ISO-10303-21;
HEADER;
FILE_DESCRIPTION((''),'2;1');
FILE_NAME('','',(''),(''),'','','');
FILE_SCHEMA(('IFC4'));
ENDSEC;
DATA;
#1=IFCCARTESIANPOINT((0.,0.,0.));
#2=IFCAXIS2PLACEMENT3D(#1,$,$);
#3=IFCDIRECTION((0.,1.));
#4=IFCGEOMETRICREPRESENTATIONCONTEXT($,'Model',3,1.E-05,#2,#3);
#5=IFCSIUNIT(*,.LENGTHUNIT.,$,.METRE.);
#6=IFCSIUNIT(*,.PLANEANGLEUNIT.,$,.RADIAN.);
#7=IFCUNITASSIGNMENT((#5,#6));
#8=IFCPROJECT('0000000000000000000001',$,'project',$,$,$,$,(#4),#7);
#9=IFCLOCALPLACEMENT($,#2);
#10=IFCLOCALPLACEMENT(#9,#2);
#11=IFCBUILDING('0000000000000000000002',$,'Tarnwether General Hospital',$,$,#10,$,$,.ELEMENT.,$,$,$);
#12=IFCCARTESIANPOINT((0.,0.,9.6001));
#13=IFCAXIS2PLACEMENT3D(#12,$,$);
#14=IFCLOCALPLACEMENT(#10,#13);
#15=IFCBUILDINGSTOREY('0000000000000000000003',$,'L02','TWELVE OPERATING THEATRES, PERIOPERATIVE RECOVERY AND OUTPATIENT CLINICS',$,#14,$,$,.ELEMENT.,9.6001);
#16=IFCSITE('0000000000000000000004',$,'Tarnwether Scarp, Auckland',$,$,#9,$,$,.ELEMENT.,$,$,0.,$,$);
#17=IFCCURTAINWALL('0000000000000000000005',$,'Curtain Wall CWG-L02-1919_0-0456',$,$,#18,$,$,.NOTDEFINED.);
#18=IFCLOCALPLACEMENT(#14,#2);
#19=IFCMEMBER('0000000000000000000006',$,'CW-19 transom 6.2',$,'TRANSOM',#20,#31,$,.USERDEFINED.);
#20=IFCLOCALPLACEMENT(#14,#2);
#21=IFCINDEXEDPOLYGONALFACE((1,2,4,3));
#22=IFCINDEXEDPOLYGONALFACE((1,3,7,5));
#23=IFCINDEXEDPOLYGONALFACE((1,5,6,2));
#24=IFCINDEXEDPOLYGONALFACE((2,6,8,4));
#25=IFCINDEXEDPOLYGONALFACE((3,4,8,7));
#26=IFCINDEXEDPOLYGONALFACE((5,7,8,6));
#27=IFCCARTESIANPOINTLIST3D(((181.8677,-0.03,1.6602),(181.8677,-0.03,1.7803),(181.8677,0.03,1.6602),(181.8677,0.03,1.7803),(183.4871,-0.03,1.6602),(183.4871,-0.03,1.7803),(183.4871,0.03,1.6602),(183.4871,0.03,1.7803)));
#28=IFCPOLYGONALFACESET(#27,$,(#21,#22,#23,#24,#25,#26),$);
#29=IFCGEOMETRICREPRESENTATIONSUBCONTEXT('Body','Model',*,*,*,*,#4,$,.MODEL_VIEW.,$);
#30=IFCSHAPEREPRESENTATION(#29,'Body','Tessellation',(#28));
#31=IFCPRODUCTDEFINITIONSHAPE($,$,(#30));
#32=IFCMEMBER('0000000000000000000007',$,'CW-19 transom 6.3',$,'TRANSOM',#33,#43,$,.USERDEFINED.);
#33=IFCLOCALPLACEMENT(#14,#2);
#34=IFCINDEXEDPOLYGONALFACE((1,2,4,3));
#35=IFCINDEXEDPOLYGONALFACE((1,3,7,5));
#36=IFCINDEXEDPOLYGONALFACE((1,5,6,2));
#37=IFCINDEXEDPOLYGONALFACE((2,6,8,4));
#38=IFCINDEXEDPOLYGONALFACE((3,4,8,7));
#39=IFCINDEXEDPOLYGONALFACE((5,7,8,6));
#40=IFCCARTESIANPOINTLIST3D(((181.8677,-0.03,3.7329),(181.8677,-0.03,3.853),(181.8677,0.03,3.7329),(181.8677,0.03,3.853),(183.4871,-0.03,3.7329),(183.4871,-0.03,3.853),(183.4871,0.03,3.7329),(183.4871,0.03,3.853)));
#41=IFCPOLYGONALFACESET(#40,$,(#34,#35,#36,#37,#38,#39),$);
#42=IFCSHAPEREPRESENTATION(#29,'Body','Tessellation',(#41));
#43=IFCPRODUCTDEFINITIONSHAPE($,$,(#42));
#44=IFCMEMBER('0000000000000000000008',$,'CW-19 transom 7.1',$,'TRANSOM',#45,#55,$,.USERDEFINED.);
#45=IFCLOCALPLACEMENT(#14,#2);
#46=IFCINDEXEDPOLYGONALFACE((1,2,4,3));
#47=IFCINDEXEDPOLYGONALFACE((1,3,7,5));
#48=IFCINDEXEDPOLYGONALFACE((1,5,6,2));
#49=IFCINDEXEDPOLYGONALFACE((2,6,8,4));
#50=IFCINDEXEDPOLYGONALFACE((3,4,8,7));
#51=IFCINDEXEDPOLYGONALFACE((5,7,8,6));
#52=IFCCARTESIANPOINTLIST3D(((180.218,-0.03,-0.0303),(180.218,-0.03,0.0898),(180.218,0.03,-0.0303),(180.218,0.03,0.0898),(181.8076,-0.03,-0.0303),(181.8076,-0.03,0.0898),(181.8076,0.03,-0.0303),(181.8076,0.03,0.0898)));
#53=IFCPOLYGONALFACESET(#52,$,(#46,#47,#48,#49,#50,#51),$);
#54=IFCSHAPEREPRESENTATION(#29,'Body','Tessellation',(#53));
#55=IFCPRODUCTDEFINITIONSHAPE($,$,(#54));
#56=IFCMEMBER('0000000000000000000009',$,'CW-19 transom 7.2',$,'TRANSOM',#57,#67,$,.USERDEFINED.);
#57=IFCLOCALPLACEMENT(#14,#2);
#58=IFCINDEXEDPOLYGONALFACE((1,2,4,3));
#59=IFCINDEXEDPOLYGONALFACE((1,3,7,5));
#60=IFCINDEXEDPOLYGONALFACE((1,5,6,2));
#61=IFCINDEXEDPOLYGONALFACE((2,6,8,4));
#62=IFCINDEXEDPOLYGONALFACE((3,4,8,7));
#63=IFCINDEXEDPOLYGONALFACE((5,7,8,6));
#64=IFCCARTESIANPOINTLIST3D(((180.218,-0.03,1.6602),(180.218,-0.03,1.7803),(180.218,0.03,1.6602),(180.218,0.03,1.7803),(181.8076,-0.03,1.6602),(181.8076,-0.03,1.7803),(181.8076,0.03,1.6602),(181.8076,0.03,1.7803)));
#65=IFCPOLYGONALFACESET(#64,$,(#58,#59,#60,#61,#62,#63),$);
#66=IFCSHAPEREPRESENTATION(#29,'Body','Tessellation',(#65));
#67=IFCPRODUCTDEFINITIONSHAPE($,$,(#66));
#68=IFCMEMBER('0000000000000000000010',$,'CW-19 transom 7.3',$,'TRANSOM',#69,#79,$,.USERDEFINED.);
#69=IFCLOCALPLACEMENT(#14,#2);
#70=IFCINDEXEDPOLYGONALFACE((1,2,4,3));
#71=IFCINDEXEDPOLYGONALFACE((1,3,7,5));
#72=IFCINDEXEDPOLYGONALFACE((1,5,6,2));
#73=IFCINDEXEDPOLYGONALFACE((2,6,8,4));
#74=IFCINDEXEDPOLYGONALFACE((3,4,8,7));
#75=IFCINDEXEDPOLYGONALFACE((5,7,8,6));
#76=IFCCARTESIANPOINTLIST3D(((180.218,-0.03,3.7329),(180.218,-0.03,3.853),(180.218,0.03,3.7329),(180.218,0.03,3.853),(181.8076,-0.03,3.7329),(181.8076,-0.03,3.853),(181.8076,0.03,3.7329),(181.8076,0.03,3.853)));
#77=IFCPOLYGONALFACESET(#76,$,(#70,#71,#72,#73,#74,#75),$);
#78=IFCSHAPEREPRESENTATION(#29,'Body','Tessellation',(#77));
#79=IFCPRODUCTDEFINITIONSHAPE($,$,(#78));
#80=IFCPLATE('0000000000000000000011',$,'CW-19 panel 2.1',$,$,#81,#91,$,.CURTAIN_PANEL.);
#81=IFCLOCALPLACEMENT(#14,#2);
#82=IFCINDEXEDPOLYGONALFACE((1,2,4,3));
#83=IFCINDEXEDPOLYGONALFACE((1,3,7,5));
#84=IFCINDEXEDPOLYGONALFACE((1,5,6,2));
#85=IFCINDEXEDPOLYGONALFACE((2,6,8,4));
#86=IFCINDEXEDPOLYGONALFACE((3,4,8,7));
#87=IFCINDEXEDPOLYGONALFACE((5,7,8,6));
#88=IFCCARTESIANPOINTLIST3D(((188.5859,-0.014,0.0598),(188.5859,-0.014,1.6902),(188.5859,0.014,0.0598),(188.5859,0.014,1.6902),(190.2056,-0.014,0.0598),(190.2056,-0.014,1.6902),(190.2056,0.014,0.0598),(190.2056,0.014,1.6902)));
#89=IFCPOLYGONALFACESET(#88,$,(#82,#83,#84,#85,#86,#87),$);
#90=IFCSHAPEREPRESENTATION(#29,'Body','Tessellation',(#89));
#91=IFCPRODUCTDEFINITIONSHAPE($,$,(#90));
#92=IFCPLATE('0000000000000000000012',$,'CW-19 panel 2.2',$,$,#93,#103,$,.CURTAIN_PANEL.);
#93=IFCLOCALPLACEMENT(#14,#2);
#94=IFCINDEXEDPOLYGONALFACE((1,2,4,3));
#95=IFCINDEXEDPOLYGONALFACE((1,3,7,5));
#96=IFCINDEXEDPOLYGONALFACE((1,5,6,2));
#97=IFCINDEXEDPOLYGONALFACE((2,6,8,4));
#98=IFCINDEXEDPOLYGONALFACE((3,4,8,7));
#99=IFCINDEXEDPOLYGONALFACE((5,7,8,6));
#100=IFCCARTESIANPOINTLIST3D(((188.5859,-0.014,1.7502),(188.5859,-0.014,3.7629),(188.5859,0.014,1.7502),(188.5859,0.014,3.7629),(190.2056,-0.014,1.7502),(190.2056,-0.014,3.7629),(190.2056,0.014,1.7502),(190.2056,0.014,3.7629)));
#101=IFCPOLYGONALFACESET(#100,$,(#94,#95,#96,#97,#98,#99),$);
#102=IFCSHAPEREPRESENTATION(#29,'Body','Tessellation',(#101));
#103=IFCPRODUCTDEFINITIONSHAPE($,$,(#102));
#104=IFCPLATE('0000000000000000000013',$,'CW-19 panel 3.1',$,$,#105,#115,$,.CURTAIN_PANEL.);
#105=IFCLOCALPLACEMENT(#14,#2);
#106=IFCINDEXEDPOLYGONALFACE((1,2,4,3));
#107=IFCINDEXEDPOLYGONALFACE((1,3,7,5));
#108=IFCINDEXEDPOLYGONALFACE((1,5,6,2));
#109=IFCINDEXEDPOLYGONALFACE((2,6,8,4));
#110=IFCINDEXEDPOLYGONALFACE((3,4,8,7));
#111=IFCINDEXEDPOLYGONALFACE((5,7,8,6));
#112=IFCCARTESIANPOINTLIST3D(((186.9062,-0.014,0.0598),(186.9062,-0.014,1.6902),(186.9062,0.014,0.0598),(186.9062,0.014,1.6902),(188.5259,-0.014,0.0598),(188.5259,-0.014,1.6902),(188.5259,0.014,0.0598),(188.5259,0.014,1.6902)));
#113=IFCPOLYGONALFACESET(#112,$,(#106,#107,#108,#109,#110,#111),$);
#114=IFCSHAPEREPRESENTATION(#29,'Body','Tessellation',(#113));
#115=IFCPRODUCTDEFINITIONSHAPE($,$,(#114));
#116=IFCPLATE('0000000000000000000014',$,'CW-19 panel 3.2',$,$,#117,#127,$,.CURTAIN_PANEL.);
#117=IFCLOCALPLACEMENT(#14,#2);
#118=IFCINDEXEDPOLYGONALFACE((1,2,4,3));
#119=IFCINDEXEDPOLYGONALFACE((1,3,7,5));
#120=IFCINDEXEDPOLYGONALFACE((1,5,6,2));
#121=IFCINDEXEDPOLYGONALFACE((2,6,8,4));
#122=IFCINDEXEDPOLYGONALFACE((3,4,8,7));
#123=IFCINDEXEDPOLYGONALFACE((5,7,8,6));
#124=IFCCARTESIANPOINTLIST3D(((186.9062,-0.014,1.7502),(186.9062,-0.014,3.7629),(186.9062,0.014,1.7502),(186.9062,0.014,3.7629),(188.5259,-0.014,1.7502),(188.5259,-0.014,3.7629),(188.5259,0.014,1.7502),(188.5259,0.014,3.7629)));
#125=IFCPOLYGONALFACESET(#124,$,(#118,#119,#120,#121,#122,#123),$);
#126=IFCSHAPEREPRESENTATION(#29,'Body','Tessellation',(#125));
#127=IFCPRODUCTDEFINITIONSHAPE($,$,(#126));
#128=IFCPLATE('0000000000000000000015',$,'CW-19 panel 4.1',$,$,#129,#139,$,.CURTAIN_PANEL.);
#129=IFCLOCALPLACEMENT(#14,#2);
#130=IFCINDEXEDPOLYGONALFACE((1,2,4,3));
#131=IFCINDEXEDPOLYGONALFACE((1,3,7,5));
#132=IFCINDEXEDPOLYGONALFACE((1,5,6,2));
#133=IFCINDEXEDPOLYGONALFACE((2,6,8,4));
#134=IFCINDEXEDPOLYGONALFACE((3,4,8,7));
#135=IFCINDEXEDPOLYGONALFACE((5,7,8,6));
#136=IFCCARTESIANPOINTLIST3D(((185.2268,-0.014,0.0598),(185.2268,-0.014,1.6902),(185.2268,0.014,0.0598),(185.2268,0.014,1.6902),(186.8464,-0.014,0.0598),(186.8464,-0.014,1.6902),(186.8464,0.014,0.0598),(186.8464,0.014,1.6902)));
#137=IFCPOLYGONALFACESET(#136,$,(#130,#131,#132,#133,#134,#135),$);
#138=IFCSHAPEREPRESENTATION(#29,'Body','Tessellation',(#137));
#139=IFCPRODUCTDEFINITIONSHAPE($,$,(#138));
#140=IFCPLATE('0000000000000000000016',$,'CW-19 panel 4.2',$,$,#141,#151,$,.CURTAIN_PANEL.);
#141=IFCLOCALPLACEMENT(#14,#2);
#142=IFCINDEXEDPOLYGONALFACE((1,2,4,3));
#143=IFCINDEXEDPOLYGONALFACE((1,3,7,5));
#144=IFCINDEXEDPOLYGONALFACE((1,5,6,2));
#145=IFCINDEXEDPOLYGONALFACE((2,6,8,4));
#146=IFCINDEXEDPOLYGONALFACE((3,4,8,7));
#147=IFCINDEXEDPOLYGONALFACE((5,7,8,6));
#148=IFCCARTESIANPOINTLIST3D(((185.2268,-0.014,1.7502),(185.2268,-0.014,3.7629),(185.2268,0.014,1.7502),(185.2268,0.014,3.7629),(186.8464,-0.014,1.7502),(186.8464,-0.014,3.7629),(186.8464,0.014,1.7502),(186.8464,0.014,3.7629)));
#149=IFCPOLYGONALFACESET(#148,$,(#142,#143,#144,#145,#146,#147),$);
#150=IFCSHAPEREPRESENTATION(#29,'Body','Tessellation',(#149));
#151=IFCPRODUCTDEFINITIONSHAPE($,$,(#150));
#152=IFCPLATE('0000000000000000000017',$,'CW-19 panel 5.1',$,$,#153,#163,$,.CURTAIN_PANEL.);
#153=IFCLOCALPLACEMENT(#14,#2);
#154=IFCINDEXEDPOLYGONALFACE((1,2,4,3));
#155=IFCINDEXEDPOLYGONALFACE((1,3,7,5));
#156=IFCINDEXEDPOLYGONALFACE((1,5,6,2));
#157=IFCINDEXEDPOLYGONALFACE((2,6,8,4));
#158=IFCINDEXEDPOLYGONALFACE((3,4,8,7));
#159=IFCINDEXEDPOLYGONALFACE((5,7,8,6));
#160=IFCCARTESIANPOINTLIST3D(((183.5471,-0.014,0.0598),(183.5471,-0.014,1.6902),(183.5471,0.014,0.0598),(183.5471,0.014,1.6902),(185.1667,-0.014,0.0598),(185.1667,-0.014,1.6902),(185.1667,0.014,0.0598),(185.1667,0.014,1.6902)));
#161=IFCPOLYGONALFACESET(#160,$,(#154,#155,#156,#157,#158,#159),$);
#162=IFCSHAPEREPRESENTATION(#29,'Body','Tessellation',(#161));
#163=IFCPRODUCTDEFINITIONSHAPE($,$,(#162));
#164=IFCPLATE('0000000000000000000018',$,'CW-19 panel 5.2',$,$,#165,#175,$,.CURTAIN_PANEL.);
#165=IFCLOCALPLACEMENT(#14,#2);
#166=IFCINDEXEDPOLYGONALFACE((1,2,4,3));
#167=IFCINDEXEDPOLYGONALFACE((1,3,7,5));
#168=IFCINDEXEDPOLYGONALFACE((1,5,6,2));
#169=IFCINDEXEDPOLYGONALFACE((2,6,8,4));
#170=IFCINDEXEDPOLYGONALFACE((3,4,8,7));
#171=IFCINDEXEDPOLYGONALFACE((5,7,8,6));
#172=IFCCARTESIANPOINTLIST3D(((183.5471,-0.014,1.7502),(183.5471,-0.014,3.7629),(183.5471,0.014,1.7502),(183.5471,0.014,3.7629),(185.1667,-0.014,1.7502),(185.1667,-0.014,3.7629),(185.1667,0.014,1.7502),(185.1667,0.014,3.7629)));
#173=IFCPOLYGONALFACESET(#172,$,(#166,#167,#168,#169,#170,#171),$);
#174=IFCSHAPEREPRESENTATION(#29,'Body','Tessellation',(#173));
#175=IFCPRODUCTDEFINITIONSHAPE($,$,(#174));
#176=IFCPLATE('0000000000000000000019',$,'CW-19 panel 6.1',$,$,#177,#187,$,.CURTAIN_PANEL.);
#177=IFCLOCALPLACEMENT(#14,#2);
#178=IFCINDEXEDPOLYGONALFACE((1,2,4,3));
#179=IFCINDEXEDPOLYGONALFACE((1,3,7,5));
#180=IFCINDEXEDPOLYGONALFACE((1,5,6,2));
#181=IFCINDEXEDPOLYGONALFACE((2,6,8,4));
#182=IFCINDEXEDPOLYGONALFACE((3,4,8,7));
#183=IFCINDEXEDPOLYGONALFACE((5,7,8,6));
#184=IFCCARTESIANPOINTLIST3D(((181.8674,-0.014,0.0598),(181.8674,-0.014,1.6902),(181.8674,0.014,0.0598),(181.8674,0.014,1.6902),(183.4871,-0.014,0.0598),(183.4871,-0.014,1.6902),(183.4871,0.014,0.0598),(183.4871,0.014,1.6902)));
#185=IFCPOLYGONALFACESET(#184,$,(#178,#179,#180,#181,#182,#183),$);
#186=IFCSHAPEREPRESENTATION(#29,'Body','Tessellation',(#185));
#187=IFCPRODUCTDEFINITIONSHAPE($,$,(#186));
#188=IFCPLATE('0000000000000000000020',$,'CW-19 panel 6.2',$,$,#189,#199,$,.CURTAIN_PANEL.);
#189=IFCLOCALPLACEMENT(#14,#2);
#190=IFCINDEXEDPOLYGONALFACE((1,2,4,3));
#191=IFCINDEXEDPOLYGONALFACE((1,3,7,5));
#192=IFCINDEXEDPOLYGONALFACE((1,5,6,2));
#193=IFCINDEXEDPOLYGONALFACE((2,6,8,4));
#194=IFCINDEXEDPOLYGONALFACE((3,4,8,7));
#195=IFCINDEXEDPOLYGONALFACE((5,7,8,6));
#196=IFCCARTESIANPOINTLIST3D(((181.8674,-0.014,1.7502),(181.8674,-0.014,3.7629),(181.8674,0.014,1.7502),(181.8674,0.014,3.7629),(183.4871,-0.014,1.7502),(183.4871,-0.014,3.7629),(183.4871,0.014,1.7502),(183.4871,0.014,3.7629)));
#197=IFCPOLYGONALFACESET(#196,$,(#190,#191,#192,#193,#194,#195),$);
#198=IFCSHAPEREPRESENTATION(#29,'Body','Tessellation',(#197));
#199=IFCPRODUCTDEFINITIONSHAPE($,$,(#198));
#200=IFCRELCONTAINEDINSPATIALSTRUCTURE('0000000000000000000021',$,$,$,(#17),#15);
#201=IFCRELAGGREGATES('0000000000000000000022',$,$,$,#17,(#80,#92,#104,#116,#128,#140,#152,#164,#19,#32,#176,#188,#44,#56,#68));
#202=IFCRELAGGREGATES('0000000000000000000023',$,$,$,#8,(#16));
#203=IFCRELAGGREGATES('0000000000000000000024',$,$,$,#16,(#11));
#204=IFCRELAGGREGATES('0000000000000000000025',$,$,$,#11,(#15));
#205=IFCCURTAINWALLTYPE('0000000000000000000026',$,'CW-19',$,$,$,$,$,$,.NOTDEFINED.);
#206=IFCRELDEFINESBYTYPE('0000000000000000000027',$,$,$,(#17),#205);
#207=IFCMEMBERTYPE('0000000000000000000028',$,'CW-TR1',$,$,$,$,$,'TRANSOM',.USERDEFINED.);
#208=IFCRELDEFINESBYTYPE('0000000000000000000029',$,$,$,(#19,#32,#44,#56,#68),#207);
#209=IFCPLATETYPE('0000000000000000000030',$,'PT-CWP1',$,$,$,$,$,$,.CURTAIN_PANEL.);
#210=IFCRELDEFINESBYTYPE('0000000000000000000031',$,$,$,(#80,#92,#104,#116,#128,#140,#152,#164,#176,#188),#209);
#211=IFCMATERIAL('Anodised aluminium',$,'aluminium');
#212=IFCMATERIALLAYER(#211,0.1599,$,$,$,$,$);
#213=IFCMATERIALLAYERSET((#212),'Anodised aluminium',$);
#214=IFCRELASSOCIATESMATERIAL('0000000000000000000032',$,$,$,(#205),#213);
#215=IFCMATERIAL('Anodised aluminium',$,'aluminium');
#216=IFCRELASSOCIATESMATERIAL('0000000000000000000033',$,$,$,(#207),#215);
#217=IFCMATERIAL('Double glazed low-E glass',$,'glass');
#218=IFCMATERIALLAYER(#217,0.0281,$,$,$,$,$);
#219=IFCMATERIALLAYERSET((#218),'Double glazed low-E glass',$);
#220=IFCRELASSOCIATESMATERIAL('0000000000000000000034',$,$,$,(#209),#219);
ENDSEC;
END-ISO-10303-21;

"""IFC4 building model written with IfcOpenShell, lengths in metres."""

from ifc_helpers import new_model, si_unit, direction, frame, origin, origin_2d, place, context, subcontext, project, spatial, rectangle, extrude, material, layer, layer_set, material_profile, profile_set, type_object, element, aggregate, save


model = new_model("IFC4")

# Units and contexts
model_context = context("Model", 3, precision=1e-05, world=origin(), true_north=direction((0.0, 1.0)))
body_context = subcontext(model_context, "Body", "Model", "MODEL_VIEW")
ifc_project = project(units=[si_unit("LENGTHUNIT", "METRE"), si_unit("PLANEANGLEUNIT", "RADIAN")], contexts=[model_context])

# Site, building, storey
site_placement = place(None, origin())
site = spatial("IfcSite", under=ifc_project, at=site_placement, Name="Tarnwether Scarp, Auckland", CompositionType="ELEMENT", RefElevation=0.0)
building_placement = place(site_placement, origin())
building = spatial("IfcBuilding", under=site, at=building_placement, Name="Tarnwether General Hospital", CompositionType="ELEMENT")
storey_placement = place(building_placement, frame((0.0, 0.0, 9.6001)))
storey = spatial("IfcBuildingStorey", under=building, at=storey_placement, Name="L02", Description="TWELVE OPERATING THEATRES, PERIOPERATIVE RECOVERY AND OUTPATIENT CLINICS", CompositionType="ELEMENT", Elevation=9.6001)

# Curtain wall, members, plates
ifc_material_1 = material(Name="Anodised aluminium", Category="aluminium")
ifc_layer_1 = layer(ifc_material_1, 0.1599)
ifc_layer_set_1 = layer_set([ifc_layer_1], Name="Anodised aluminium")
curtain_wall_type = type_object("IfcCurtainWallType", Name="CW-19", PredefinedType="NOTDEFINED", material=ifc_layer_set_1)
curtain_wall_placement = place(storey_placement, origin())
curtain_wall = element("IfcCurtainWall", 1, at=curtain_wall_placement, inside=storey, type_object=curtain_wall_type, Name="Curtain Wall CWG-L02-1919_0-0456", PredefinedType="NOTDEFINED")
ifc_material_2 = material(Name="Anodised aluminium", Category="aluminium")
ifc_material_profile_1 = material_profile(ifc_material_2, rectangle(XDim=0.0601, YDim=0.1201, at=origin_2d()), Name="ALU-TRN-60x120")
ifc_profile_set_1 = profile_set([ifc_material_profile_1], Name="Anodised aluminium")
member_type_1 = type_object("IfcMemberType", Name="CW-TR1", ElementType="TRANSOM", PredefinedType="USERDEFINED", material=ifc_profile_set_1)
member_1_placement = place(storey_placement, frame((183.4871, 0.0, 1.7202), z_axis=(-1.0, 0.0, 0.0), x_axis=(0.0, -1.0, 0.0)))
member_1 = element("IfcMember", 2, at=member_1_placement, type_object=member_type_1, Name="CW-19 transom 6.2", ObjectType="TRANSOM", PredefinedType="USERDEFINED", context=body_context, shape_type="SweptSolid", body=[
    extrude(rectangle(XDim=0.0601, YDim=0.1201, at=origin_2d()), origin(), (0.0, 0.0, 1.0), 1.6194),
])
member_2_placement = place(storey_placement, frame((183.4871, 0.0, 3.793), z_axis=(-1.0, 0.0, 0.0), x_axis=(0.0, -1.0, 0.0)))
member_2 = element("IfcMember", 3, at=member_2_placement, type_object=member_type_1, Name="CW-19 transom 6.3", ObjectType="TRANSOM", PredefinedType="USERDEFINED", context=body_context, shape_type="SweptSolid", body=[
    extrude(rectangle(XDim=0.0601, YDim=0.1201, at=origin_2d()), origin(), (0.0, 0.0, 1.0), 1.6194),
])
member_3_placement = place(storey_placement, frame((181.8076, 0.0, 0.0298), z_axis=(-1.0, 0.0, 0.0), x_axis=(0.0, -1.0, 0.0)))
member_3 = element("IfcMember", 4, at=member_3_placement, type_object=member_type_1, Name="CW-19 transom 7.1", ObjectType="TRANSOM", PredefinedType="USERDEFINED", context=body_context, shape_type="SweptSolid", body=[
    extrude(rectangle(XDim=0.0601, YDim=0.1201, at=origin_2d()), origin(), (0.0, 0.0, 1.0), 1.5896),
])
member_4_placement = place(storey_placement, frame((181.8076, 0.0, 1.7202), z_axis=(-1.0, 0.0, 0.0), x_axis=(0.0, -1.0, 0.0)))
member_4 = element("IfcMember", 5, at=member_4_placement, type_object=member_type_1, Name="CW-19 transom 7.2", ObjectType="TRANSOM", PredefinedType="USERDEFINED", context=body_context, shape_type="SweptSolid", body=[
    extrude(rectangle(XDim=0.0601, YDim=0.1201, at=origin_2d()), origin(), (0.0, 0.0, 1.0), 1.5896),
])
member_5_placement = place(storey_placement, frame((181.8076, 0.0, 3.793), z_axis=(-1.0, 0.0, 0.0), x_axis=(0.0, -1.0, 0.0)))
member_5 = element("IfcMember", 6, at=member_5_placement, type_object=member_type_1, Name="CW-19 transom 7.3", ObjectType="TRANSOM", PredefinedType="USERDEFINED", context=body_context, shape_type="SweptSolid", body=[
    extrude(rectangle(XDim=0.0601, YDim=0.1201, at=origin_2d()), origin(), (0.0, 0.0, 1.0), 1.5896),
])
ifc_material_3 = material(Name="Double glazed low-E glass", Category="glass")
ifc_layer_2 = layer(ifc_material_3, 0.0281)
ifc_layer_set_2 = layer_set([ifc_layer_2], Name="Double glazed low-E glass")
plate_type = type_object("IfcPlateType", Name="PT-CWP1", PredefinedType="CURTAIN_PANEL", material=ifc_layer_set_2)
plate_1_placement = place(storey_placement, frame((189.3958, 0.0, 0.0598), z_axis=(0.0, 0.0, 1.0), x_axis=(-1.0, 0.0, 0.0)))
plate_1 = element("IfcPlate", 7, at=plate_1_placement, type_object=plate_type, Name="CW-19 panel 2.1", PredefinedType="CURTAIN_PANEL", context=body_context, shape_type="SweptSolid", body=[
    extrude(rectangle(XDim=1.6196, YDim=0.0281, at=origin_2d()), origin(), (0.0, 0.0, 1.0), 1.6304),
])
plate_2_placement = place(storey_placement, frame((189.3958, 0.0, 1.7502), z_axis=(0.0, 0.0, 1.0), x_axis=(-1.0, 0.0, 0.0)))
plate_2 = element("IfcPlate", 8, at=plate_2_placement, type_object=plate_type, Name="CW-19 panel 2.2", PredefinedType="CURTAIN_PANEL", context=body_context, shape_type="SweptSolid", body=[
    extrude(rectangle(XDim=1.6196, YDim=0.0281, at=origin_2d()), origin(), (0.0, 0.0, 1.0), 2.0127),
])
plate_3_placement = place(storey_placement, frame((187.7161, 0.0, 0.0598), z_axis=(0.0, 0.0, 1.0), x_axis=(-1.0, 0.0, 0.0)))
plate_3 = element("IfcPlate", 9, at=plate_3_placement, type_object=plate_type, Name="CW-19 panel 3.1", PredefinedType="CURTAIN_PANEL", context=body_context, shape_type="SweptSolid", body=[
    extrude(rectangle(XDim=1.6196, YDim=0.0281, at=origin_2d()), origin(), (0.0, 0.0, 1.0), 1.6304),
])
plate_4_placement = place(storey_placement, frame((187.7161, 0.0, 1.7502), z_axis=(0.0, 0.0, 1.0), x_axis=(-1.0, 0.0, 0.0)))
plate_4 = element("IfcPlate", 10, at=plate_4_placement, type_object=plate_type, Name="CW-19 panel 3.2", PredefinedType="CURTAIN_PANEL", context=body_context, shape_type="SweptSolid", body=[
    extrude(rectangle(XDim=1.6196, YDim=0.0281, at=origin_2d()), origin(), (0.0, 0.0, 1.0), 2.0127),
])
plate_5_placement = place(storey_placement, frame((186.0366, 0.0, 0.0598), z_axis=(0.0, 0.0, 1.0), x_axis=(-1.0, 0.0, 0.0)))
plate_5 = element("IfcPlate", 11, at=plate_5_placement, type_object=plate_type, Name="CW-19 panel 4.1", PredefinedType="CURTAIN_PANEL", context=body_context, shape_type="SweptSolid", body=[
    extrude(rectangle(XDim=1.6196, YDim=0.0281, at=origin_2d()), origin(), (0.0, 0.0, 1.0), 1.6304),
])
plate_6_placement = place(storey_placement, frame((186.0366, 0.0, 1.7502), z_axis=(0.0, 0.0, 1.0), x_axis=(-1.0, 0.0, 0.0)))
plate_6 = element("IfcPlate", 12, at=plate_6_placement, type_object=plate_type, Name="CW-19 panel 4.2", PredefinedType="CURTAIN_PANEL", context=body_context, shape_type="SweptSolid", body=[
    extrude(rectangle(XDim=1.6196, YDim=0.0281, at=origin_2d()), origin(), (0.0, 0.0, 1.0), 2.0127),
])
plate_7_placement = place(storey_placement, frame((184.3569, 0.0, 0.0598), z_axis=(0.0, 0.0, 1.0), x_axis=(-1.0, 0.0, 0.0)))
plate_7 = element("IfcPlate", 13, at=plate_7_placement, type_object=plate_type, Name="CW-19 panel 5.1", PredefinedType="CURTAIN_PANEL", context=body_context, shape_type="SweptSolid", body=[
    extrude(rectangle(XDim=1.6196, YDim=0.0281, at=origin_2d()), origin(), (0.0, 0.0, 1.0), 1.6304),
])
plate_8_placement = place(storey_placement, frame((184.3569, 0.0, 1.7502), z_axis=(0.0, 0.0, 1.0), x_axis=(-1.0, 0.0, 0.0)))
plate_8 = element("IfcPlate", 14, at=plate_8_placement, type_object=plate_type, Name="CW-19 panel 5.2", PredefinedType="CURTAIN_PANEL", context=body_context, shape_type="SweptSolid", body=[
    extrude(rectangle(XDim=1.6196, YDim=0.0281, at=origin_2d()), origin(), (0.0, 0.0, 1.0), 2.0127),
])
plate_9_placement = place(storey_placement, frame((182.6772, 0.0, 0.0598), z_axis=(0.0, 0.0, 1.0), x_axis=(-1.0, 0.0, 0.0)))
plate_9 = element("IfcPlate", 15, at=plate_9_placement, type_object=plate_type, Name="CW-19 panel 6.1", PredefinedType="CURTAIN_PANEL", context=body_context, shape_type="SweptSolid", body=[
    extrude(rectangle(XDim=1.6196, YDim=0.0281, at=origin_2d()), origin(), (0.0, 0.0, 1.0), 1.6304),
])
plate_10_placement = place(storey_placement, frame((182.6772, 0.0, 1.7502), z_axis=(0.0, 0.0, 1.0), x_axis=(-1.0, 0.0, 0.0)))
plate_10 = element("IfcPlate", 16, at=plate_10_placement, type_object=plate_type, Name="CW-19 panel 6.2", PredefinedType="CURTAIN_PANEL", context=body_context, shape_type="SweptSolid", body=[
    extrude(rectangle(XDim=1.6196, YDim=0.0281, at=origin_2d()), origin(), (0.0, 0.0, 1.0), 2.0127),
])
aggregate(curtain_wall, [plate_1, plate_2, plate_3, plate_4, plate_5, plate_6, plate_7, plate_8, member_1, member_2, plate_9, plate_10, member_3, member_4, member_5])

save(model, "model.ifc")
